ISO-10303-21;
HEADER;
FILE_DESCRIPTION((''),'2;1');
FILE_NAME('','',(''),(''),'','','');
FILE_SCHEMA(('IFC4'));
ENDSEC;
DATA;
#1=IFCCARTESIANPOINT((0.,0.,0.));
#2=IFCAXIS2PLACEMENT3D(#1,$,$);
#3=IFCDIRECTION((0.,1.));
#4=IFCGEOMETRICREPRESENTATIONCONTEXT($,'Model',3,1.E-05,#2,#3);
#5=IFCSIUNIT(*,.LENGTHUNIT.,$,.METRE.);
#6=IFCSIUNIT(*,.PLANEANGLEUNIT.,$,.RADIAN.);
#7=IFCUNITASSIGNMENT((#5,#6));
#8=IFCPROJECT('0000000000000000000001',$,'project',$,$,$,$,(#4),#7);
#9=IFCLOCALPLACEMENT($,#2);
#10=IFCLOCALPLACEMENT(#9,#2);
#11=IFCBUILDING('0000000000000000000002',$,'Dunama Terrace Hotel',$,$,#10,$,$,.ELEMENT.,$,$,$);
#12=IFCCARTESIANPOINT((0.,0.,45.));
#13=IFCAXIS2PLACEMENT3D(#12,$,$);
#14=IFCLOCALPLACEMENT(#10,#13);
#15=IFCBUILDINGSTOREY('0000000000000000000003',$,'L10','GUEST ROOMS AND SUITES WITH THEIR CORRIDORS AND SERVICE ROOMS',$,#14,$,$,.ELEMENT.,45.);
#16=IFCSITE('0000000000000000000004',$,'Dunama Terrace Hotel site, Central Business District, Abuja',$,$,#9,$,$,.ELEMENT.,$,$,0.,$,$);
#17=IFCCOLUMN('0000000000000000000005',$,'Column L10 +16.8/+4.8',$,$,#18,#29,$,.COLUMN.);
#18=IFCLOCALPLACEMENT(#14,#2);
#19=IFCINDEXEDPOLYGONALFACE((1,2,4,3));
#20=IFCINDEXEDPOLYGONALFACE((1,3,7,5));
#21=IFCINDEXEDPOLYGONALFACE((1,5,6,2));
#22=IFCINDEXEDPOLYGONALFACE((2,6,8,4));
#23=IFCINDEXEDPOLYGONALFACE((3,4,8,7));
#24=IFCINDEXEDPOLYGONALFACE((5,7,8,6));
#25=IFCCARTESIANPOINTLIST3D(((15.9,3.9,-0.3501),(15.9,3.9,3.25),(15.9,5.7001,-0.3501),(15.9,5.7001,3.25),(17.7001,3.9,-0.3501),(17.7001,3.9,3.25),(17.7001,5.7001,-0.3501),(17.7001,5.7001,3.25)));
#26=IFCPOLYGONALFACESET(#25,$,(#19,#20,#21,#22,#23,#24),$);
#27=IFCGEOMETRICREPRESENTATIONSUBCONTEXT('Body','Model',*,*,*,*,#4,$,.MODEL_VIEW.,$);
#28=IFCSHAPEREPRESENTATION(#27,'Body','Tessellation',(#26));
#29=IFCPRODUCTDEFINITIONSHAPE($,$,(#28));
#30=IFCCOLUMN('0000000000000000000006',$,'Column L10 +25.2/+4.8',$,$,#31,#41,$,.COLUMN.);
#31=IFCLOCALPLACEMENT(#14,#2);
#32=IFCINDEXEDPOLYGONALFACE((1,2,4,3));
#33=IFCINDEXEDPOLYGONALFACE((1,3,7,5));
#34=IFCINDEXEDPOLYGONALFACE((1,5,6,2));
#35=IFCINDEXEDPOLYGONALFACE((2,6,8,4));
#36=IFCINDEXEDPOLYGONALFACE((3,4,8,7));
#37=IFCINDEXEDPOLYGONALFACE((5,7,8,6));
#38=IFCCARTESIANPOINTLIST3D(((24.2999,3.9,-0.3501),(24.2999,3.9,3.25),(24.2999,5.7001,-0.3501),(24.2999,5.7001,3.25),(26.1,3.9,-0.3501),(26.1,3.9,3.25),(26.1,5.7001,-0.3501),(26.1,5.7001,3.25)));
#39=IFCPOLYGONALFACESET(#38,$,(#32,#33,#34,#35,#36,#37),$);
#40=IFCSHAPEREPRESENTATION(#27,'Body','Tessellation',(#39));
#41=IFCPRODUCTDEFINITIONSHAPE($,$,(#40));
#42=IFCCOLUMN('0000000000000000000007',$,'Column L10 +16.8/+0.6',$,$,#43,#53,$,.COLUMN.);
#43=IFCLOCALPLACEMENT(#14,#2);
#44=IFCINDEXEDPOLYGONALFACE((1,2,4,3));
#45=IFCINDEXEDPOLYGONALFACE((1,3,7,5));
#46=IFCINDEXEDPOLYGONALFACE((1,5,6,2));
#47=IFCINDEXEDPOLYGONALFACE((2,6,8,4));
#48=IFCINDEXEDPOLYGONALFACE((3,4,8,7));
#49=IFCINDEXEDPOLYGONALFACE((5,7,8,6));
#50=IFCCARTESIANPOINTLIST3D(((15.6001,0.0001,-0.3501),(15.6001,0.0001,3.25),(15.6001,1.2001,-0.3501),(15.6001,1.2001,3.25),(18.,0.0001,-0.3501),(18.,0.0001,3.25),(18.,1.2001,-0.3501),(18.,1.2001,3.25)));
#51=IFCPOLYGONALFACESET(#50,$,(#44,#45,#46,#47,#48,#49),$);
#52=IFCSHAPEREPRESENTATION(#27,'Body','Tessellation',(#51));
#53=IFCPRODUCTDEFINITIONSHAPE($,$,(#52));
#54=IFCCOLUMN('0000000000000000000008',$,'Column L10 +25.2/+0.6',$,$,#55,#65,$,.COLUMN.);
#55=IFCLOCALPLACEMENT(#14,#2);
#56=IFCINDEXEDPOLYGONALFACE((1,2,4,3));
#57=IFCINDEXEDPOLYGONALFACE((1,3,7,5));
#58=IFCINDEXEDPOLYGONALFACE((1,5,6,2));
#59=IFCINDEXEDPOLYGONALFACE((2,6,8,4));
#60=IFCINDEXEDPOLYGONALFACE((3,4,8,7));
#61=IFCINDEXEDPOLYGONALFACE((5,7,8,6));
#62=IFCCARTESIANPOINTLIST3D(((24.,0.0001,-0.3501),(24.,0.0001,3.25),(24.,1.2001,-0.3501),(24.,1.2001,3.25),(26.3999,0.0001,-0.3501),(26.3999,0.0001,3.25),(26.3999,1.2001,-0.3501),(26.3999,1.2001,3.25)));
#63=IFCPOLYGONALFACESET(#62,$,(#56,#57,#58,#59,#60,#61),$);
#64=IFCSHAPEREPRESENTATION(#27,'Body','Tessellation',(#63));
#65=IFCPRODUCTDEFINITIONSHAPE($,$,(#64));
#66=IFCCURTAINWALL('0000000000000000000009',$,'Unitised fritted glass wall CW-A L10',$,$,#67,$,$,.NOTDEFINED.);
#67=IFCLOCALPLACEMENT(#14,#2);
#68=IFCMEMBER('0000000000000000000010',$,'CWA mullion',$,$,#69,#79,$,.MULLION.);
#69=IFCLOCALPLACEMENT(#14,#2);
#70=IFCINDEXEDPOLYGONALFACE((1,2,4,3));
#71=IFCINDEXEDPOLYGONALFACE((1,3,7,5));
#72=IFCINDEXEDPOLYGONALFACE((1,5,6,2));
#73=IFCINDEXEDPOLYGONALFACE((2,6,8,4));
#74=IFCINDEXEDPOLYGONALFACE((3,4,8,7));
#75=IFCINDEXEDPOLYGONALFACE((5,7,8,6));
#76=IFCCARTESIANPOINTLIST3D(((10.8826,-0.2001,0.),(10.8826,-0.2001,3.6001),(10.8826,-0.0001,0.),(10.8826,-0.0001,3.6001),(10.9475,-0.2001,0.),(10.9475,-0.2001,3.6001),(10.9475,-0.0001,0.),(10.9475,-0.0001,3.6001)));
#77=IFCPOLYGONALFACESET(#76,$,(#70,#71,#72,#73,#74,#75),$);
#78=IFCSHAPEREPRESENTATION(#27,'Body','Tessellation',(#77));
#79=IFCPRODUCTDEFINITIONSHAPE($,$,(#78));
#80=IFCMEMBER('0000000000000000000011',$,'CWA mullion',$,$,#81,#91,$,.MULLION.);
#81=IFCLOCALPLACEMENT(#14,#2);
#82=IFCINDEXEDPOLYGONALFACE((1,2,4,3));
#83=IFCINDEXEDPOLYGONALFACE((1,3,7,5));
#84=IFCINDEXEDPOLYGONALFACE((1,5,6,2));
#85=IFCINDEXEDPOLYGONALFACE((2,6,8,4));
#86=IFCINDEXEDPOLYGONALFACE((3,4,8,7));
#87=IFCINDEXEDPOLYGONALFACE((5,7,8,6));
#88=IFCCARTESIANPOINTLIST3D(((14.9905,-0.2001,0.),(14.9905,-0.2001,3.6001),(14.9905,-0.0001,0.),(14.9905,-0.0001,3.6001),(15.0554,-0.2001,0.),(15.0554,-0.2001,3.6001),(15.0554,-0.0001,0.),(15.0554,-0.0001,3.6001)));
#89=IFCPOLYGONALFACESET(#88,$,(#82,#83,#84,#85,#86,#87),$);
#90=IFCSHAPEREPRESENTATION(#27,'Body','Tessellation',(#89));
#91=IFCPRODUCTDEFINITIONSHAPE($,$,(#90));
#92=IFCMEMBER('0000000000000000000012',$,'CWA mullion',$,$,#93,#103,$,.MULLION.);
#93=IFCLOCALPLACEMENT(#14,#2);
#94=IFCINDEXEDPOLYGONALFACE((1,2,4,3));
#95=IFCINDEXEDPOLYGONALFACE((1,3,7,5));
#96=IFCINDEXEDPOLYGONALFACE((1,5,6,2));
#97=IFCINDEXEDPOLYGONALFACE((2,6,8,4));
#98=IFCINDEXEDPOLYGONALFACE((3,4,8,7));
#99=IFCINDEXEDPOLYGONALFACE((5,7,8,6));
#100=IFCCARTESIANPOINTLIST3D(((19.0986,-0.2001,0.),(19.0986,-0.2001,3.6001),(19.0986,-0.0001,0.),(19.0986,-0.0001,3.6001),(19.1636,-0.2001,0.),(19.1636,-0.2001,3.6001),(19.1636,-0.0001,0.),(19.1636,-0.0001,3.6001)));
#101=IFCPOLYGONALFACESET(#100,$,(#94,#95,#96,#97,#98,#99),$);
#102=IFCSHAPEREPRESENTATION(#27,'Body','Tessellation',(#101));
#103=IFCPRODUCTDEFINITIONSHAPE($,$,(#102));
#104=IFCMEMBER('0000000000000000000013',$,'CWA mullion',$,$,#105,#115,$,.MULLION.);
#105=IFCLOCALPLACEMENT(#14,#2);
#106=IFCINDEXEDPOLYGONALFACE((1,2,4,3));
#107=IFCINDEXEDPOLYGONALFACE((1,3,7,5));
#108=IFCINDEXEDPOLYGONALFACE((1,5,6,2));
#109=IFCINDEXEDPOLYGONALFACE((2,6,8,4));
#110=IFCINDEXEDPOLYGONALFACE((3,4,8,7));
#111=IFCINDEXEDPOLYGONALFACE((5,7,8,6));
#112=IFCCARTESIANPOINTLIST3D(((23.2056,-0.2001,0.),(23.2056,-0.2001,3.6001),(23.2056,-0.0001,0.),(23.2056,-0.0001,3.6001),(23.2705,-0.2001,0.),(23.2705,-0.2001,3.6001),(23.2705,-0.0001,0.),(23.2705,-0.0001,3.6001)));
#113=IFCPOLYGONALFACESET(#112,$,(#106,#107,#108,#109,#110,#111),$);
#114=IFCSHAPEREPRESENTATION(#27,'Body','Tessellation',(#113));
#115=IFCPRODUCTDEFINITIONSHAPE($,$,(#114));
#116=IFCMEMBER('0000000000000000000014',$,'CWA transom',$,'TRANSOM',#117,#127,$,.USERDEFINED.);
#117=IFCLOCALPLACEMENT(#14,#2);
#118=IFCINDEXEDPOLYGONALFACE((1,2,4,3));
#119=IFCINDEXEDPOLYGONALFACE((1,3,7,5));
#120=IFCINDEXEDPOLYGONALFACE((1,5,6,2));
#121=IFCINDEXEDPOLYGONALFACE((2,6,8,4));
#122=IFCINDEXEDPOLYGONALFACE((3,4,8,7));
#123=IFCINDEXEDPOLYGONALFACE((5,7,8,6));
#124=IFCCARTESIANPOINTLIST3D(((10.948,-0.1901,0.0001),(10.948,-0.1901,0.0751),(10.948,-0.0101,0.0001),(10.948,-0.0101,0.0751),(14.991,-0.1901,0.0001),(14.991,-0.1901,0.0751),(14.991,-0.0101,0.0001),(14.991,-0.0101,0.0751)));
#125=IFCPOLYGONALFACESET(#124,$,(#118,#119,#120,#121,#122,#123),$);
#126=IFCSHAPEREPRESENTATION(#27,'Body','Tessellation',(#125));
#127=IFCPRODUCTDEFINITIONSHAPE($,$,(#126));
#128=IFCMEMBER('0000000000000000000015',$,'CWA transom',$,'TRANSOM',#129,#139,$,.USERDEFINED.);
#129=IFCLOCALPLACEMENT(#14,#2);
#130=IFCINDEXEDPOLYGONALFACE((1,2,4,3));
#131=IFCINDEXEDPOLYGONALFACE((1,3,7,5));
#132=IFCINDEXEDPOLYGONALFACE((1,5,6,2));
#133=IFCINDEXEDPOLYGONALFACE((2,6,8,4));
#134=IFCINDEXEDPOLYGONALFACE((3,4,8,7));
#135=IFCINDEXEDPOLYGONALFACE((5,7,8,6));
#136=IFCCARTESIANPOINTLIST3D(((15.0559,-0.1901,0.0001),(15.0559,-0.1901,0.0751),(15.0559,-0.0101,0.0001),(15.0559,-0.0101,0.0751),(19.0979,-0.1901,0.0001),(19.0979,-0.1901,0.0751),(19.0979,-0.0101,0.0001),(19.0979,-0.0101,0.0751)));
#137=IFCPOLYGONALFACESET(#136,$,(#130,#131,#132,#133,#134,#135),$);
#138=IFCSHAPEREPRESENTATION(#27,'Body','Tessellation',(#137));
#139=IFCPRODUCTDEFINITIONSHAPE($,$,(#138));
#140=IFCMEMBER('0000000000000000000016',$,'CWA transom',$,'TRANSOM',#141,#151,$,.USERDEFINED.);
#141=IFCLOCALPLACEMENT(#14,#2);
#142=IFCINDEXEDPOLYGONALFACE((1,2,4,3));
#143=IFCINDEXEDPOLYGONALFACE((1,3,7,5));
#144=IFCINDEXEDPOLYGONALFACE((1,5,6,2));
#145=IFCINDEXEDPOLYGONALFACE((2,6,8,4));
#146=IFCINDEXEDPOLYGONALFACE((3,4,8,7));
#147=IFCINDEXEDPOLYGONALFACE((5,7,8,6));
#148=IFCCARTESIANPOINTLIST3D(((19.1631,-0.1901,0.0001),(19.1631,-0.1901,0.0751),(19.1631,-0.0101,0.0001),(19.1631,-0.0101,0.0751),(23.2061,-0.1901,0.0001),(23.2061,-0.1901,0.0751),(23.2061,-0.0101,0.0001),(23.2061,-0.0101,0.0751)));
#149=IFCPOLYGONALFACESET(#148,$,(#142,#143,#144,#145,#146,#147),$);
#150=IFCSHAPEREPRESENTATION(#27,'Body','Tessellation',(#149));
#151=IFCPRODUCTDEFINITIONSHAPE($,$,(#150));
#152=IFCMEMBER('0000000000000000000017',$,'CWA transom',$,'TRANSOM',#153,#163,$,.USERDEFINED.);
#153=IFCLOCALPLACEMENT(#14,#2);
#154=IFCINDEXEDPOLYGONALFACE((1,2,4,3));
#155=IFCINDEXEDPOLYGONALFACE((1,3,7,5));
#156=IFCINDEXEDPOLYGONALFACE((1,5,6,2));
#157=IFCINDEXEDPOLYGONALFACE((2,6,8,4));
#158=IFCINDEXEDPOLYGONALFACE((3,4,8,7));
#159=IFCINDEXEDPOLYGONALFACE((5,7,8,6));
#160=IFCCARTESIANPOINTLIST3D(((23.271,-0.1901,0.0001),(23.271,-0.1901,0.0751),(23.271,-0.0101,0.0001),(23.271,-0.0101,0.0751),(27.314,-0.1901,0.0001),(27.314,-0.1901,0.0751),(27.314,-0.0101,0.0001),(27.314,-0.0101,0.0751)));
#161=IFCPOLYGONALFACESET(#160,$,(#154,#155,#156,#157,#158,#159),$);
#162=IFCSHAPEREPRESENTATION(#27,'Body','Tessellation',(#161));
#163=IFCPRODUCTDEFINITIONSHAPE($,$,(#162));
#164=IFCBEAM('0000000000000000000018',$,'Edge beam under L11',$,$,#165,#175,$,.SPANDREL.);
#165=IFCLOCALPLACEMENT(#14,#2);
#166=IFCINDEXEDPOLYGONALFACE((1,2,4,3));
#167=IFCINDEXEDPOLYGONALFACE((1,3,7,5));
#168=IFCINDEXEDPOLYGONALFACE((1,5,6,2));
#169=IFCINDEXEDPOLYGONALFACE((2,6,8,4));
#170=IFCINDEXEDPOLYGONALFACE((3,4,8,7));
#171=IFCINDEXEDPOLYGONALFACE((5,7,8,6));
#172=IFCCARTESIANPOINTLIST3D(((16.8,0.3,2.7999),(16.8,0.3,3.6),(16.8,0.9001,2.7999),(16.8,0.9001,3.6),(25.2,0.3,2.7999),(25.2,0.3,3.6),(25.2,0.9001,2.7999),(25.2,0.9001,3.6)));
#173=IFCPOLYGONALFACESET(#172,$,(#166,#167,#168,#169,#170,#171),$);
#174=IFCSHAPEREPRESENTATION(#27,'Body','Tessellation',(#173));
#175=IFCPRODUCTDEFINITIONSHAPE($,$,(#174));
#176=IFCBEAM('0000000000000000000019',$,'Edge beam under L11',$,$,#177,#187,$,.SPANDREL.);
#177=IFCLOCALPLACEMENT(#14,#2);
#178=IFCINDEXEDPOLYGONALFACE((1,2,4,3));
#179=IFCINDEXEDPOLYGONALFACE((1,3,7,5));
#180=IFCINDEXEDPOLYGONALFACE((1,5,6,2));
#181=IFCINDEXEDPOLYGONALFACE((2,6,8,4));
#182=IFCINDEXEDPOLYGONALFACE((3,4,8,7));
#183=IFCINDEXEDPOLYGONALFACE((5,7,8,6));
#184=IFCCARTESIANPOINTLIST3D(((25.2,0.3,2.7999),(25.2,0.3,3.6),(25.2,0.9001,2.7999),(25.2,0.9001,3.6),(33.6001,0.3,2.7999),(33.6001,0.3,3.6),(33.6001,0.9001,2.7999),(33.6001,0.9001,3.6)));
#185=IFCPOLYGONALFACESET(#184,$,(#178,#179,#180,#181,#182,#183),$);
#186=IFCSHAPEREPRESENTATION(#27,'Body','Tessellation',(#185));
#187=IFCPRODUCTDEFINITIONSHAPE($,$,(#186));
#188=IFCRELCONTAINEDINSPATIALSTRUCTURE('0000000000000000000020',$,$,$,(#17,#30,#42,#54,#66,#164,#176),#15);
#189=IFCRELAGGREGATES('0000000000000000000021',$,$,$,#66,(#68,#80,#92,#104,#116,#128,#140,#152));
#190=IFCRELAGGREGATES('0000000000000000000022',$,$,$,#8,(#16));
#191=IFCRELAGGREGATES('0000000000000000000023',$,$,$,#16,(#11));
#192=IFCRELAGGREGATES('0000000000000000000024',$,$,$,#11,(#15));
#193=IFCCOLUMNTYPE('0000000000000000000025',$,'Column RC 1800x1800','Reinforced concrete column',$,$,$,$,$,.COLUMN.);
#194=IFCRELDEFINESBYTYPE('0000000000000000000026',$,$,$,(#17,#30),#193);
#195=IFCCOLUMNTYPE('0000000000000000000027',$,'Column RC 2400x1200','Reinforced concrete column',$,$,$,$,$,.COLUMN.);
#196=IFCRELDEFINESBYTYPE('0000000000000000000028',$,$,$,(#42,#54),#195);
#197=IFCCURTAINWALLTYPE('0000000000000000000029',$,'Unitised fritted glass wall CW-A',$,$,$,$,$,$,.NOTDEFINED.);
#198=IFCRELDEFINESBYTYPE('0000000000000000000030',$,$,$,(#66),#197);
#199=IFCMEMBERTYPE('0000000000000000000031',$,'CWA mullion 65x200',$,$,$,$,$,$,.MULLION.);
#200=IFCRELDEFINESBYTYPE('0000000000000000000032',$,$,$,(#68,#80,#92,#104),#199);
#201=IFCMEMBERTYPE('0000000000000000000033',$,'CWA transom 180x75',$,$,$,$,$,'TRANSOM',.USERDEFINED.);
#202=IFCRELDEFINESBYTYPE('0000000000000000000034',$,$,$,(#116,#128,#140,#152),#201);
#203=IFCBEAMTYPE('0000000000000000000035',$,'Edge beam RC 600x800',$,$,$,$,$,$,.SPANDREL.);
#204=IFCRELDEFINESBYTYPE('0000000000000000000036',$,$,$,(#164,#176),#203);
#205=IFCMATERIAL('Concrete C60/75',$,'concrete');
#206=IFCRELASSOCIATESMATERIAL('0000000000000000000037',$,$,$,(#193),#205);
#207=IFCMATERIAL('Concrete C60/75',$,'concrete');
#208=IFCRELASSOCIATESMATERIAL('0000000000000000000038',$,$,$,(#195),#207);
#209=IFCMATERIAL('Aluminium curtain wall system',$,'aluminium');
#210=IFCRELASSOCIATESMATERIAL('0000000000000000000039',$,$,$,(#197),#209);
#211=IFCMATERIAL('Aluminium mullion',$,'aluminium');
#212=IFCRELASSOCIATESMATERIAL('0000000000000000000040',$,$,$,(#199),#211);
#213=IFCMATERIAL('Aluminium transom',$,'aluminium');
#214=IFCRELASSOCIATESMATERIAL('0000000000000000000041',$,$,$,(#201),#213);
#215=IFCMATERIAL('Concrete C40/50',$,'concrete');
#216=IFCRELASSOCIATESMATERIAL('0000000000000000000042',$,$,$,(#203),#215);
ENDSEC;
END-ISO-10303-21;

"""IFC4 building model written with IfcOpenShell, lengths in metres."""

from ifc_helpers import new_model, si_unit, direction, frame, origin, origin_2d, place, context, subcontext, project, spatial, rectangle, extrude, material, material_profile, profile_set, type_object, element, aggregate, save


model = new_model("IFC4")

# Units and contexts
model_context = context("Model", 3, precision=1e-05, world=origin(), true_north=direction((0.0, 1.0)))
body_context = subcontext(model_context, "Body", "Model", "MODEL_VIEW")
ifc_project = project(units=[si_unit("LENGTHUNIT", "METRE"), si_unit("PLANEANGLEUNIT", "RADIAN")], contexts=[model_context])

# Site, building, storey
site_placement = place(None, origin())
site = spatial("IfcSite", under=ifc_project, at=site_placement, Name="Dunama Terrace Hotel site, Central Business District, Abuja", CompositionType="ELEMENT", RefElevation=0.0)
building_placement = place(site_placement, origin())
building = spatial("IfcBuilding", under=site, at=building_placement, Name="Dunama Terrace Hotel", CompositionType="ELEMENT")
storey_placement = place(building_placement, frame((0.0, 0.0, 45.0)))
storey = spatial("IfcBuildingStorey", under=building, at=storey_placement, Name="L10", Description="GUEST ROOMS AND SUITES WITH THEIR CORRIDORS AND SERVICE ROOMS", CompositionType="ELEMENT", Elevation=45.0)

# Columns
ifc_material_1 = material(Name="Concrete C60/75", Category="concrete")
ifc_material_profile_1 = material_profile(ifc_material_1, rectangle(XDim=1.8, YDim=1.8, at=origin_2d()), Name="RC 1800x1800")
ifc_profile_set_1 = profile_set([ifc_material_profile_1], Name="Concrete C60/75")
column_type_1 = type_object("IfcColumnType", Name="Column RC 1800x1800", Description="Reinforced concrete column", PredefinedType="COLUMN", material=ifc_profile_set_1)
for number, where, z_axis, x_axis, name in (
    (1, (16.8, 4.8, -0.3501), (0.0, 0.0, 1.0), (1.0, 0.0, 0.0), "Column L10 +16.8/+4.8"),
    (2, (25.2, 4.8, -0.3501), (0.0, 0.0, 1.0), (1.0, 0.0, 0.0), "Column L10 +25.2/+4.8"),
):
    element("IfcColumn", number, at=place(storey_placement, frame(where, z_axis=z_axis, x_axis=x_axis)), inside=storey, type_object=column_type_1, Name=name, PredefinedType="COLUMN", context=body_context, shape_type="SweptSolid", body=[
        extrude(rectangle(XDim=1.8, YDim=1.8, at=origin_2d()), origin(), (0.0, 0.0, 1.0), 3.6001),
    ])
ifc_material_2 = material(Name="Concrete C60/75", Category="concrete")
ifc_material_profile_2 = material_profile(ifc_material_2, rectangle(XDim=2.3999, YDim=1.2, at=origin_2d()), Name="RC 2400x1200")
ifc_profile_set_2 = profile_set([ifc_material_profile_2], Name="Concrete C60/75")
column_type_2 = type_object("IfcColumnType", Name="Column RC 2400x1200", Description="Reinforced concrete column", PredefinedType="COLUMN", material=ifc_profile_set_2)
for number, where, z_axis, x_axis, name in (
    (3, (16.8, 0.6001, -0.3501), (0.0, 0.0, 1.0), (1.0, 0.0, 0.0), "Column L10 +16.8/+0.6"),
    (4, (25.2, 0.6001, -0.3501), (0.0, 0.0, 1.0), (1.0, 0.0, 0.0), "Column L10 +25.2/+0.6"),
):
    element("IfcColumn", number, at=place(storey_placement, frame(where, z_axis=z_axis, x_axis=x_axis)), inside=storey, type_object=column_type_2, Name=name, PredefinedType="COLUMN", context=body_context, shape_type="SweptSolid", body=[
        extrude(rectangle(XDim=2.3999, YDim=1.2, at=origin_2d()), origin(), (0.0, 0.0, 1.0), 3.6001),
    ])

# Curtain wall, members
ifc_material_3 = material(Name="Aluminium curtain wall system", Category="aluminium")
curtain_wall_type = type_object("IfcCurtainWallType", Name="Unitised fritted glass wall CW-A", PredefinedType="NOTDEFINED", material=ifc_material_3)
curtain_wall_placement = place(storey_placement, origin())
curtain_wall = element("IfcCurtainWall", 5, at=curtain_wall_placement, inside=storey, type_object=curtain_wall_type, Name="Unitised fritted glass wall CW-A L10", PredefinedType="NOTDEFINED")
ifc_material_4 = material(Name="Aluminium mullion", Category="aluminium")
ifc_material_profile_3 = material_profile(ifc_material_4, rectangle(XDim=0.0649, YDim=0.2, at=origin_2d()), Name="CWA MULLION 65X200")
ifc_profile_set_3 = profile_set([ifc_material_profile_3], Name="Aluminium mullion")
member_type_1 = type_object("IfcMemberType", Name="CWA mullion 65x200", PredefinedType="MULLION", material=ifc_profile_set_3)
member_1_placement = place(storey_placement, frame((10.915, -0.1001, 0.0), z_axis=(0.0, 0.0, 1.0), x_axis=(1.0, 0.0, 0.0)))
member_1 = element("IfcMember", 6, at=member_1_placement, type_object=member_type_1, Name="CWA mullion", PredefinedType="MULLION", context=body_context, shape_type="SweptSolid", body=[
    extrude(rectangle(XDim=0.0649, YDim=0.2, at=origin_2d()), origin(), (0.0, 0.0, 1.0), 3.6001),
])
member_2_placement = place(storey_placement, frame((15.0229, -0.1001, 0.0), z_axis=(0.0, 0.0, 1.0), x_axis=(1.0, 0.0, 0.0)))
member_2 = element("IfcMember", 7, at=member_2_placement, type_object=member_type_1, Name="CWA mullion", PredefinedType="MULLION", context=body_context, shape_type="SweptSolid", body=[
    extrude(rectangle(XDim=0.0649, YDim=0.2, at=origin_2d()), origin(), (0.0, 0.0, 1.0), 3.6001),
])
member_3_placement = place(storey_placement, frame((19.1311, -0.1001, 0.0), z_axis=(0.0, 0.0, 1.0), x_axis=(1.0, 0.0, 0.0)))
member_3 = element("IfcMember", 8, at=member_3_placement, type_object=member_type_1, Name="CWA mullion", PredefinedType="MULLION", context=body_context, shape_type="SweptSolid", body=[
    extrude(rectangle(XDim=0.0649, YDim=0.2, at=origin_2d()), origin(), (0.0, 0.0, 1.0), 3.6001),
])
member_4_placement = place(storey_placement, frame((23.238, -0.1001, 0.0), z_axis=(0.0, 0.0, 1.0), x_axis=(1.0, 0.0, 0.0)))
member_4 = element("IfcMember", 9, at=member_4_placement, type_object=member_type_1, Name="CWA mullion", PredefinedType="MULLION", context=body_context, shape_type="SweptSolid", body=[
    extrude(rectangle(XDim=0.0649, YDim=0.2, at=origin_2d()), origin(), (0.0, 0.0, 1.0), 3.6001),
])
ifc_material_5 = material(Name="Aluminium transom", Category="aluminium")
ifc_material_profile_4 = material_profile(ifc_material_5, rectangle(XDim=0.1799, YDim=0.075, at=origin_2d()), Name="CWA TRANSOM 180X75")
ifc_profile_set_4 = profile_set([ifc_material_profile_4], Name="Aluminium transom")
member_type_2 = type_object("IfcMemberType", Name="CWA transom 180x75", ElementType="TRANSOM", PredefinedType="USERDEFINED", material=ifc_profile_set_4)
member_5_placement = place(storey_placement, frame((10.948, -0.1001, 0.0376), z_axis=(1.0, 0.0, 0.0), x_axis=(0.0, 1.0, 0.0)))
member_5 = element("IfcMember", 10, at=member_5_placement, type_object=member_type_2, Name="CWA transom", ObjectType="TRANSOM", PredefinedType="USERDEFINED", context=body_context, shape_type="SweptSolid", body=[
    extrude(rectangle(XDim=0.1799, YDim=0.075, at=origin_2d()), origin(), (0.0, 0.0, 1.0), 4.043),
])
member_6_placement = place(storey_placement, frame((15.0559, -0.1001, 0.0376), z_axis=(1.0, 0.0, 0.0), x_axis=(0.0, 1.0, 0.0)))
member_6 = element("IfcMember", 11, at=member_6_placement, type_object=member_type_2, Name="CWA transom", ObjectType="TRANSOM", PredefinedType="USERDEFINED", context=body_context, shape_type="SweptSolid", body=[
    extrude(rectangle(XDim=0.1799, YDim=0.075, at=origin_2d()), origin(), (0.0, 0.0, 1.0), 4.042),
])
member_7_placement = place(storey_placement, frame((19.1631, -0.1001, 0.0376), z_axis=(1.0, 0.0, 0.0), x_axis=(0.0, 1.0, 0.0)))
member_7 = element("IfcMember", 12, at=member_7_placement, type_object=member_type_2, Name="CWA transom", ObjectType="TRANSOM", PredefinedType="USERDEFINED", context=body_context, shape_type="SweptSolid", body=[
    extrude(rectangle(XDim=0.1799, YDim=0.075, at=origin_2d()), origin(), (0.0, 0.0, 1.0), 4.043),
])
member_8_placement = place(storey_placement, frame((23.271, -0.1001, 0.0376), z_axis=(1.0, 0.0, 0.0), x_axis=(0.0, 1.0, 0.0)))
member_8 = element("IfcMember", 13, at=member_8_placement, type_object=member_type_2, Name="CWA transom", ObjectType="TRANSOM", PredefinedType="USERDEFINED", context=body_context, shape_type="SweptSolid", body=[
    extrude(rectangle(XDim=0.1799, YDim=0.075, at=origin_2d()), origin(), (0.0, 0.0, 1.0), 4.043),
])

# Beams
ifc_material_6 = material(Name="Concrete C40/50", Category="concrete")
ifc_material_profile_5 = material_profile(ifc_material_6, rectangle(XDim=0.6001, YDim=0.8, at=origin_2d()), Name="RC 600x800")
ifc_profile_set_5 = profile_set([ifc_material_profile_5], Name="Concrete C40/50")
beam_type = type_object("IfcBeamType", Name="Edge beam RC 600x800", PredefinedType="SPANDREL", material=ifc_profile_set_5)
beam_1_placement = place(storey_placement, frame((16.8, 0.6001, 3.2), z_axis=(1.0, 0.0, 0.0), x_axis=(0.0, 1.0, 0.0)))
element("IfcBeam", 14, at=beam_1_placement, inside=storey, type_object=beam_type, Name="Edge beam under L11", PredefinedType="SPANDREL", context=body_context, shape_type="SweptSolid", body=[
    extrude(rectangle(XDim=0.6001, YDim=0.8, at=origin_2d()), origin(), (0.0, 0.0, 1.0), 8.3999),
])
beam_2_placement = place(storey_placement, frame((25.2, 0.6001, 3.2), z_axis=(1.0, 0.0, 0.0), x_axis=(0.0, 1.0, 0.0)))
element("IfcBeam", 15, at=beam_2_placement, inside=storey, type_object=beam_type, Name="Edge beam under L11", PredefinedType="SPANDREL", context=body_context, shape_type="SweptSolid", body=[
    extrude(rectangle(XDim=0.6001, YDim=0.8, at=origin_2d()), origin(), (0.0, 0.0, 1.0), 8.4001),
])

aggregate(curtain_wall, [member_1, member_2, member_3, member_4, member_5, member_6, member_7, member_8])

save(model, "model.ifc")
